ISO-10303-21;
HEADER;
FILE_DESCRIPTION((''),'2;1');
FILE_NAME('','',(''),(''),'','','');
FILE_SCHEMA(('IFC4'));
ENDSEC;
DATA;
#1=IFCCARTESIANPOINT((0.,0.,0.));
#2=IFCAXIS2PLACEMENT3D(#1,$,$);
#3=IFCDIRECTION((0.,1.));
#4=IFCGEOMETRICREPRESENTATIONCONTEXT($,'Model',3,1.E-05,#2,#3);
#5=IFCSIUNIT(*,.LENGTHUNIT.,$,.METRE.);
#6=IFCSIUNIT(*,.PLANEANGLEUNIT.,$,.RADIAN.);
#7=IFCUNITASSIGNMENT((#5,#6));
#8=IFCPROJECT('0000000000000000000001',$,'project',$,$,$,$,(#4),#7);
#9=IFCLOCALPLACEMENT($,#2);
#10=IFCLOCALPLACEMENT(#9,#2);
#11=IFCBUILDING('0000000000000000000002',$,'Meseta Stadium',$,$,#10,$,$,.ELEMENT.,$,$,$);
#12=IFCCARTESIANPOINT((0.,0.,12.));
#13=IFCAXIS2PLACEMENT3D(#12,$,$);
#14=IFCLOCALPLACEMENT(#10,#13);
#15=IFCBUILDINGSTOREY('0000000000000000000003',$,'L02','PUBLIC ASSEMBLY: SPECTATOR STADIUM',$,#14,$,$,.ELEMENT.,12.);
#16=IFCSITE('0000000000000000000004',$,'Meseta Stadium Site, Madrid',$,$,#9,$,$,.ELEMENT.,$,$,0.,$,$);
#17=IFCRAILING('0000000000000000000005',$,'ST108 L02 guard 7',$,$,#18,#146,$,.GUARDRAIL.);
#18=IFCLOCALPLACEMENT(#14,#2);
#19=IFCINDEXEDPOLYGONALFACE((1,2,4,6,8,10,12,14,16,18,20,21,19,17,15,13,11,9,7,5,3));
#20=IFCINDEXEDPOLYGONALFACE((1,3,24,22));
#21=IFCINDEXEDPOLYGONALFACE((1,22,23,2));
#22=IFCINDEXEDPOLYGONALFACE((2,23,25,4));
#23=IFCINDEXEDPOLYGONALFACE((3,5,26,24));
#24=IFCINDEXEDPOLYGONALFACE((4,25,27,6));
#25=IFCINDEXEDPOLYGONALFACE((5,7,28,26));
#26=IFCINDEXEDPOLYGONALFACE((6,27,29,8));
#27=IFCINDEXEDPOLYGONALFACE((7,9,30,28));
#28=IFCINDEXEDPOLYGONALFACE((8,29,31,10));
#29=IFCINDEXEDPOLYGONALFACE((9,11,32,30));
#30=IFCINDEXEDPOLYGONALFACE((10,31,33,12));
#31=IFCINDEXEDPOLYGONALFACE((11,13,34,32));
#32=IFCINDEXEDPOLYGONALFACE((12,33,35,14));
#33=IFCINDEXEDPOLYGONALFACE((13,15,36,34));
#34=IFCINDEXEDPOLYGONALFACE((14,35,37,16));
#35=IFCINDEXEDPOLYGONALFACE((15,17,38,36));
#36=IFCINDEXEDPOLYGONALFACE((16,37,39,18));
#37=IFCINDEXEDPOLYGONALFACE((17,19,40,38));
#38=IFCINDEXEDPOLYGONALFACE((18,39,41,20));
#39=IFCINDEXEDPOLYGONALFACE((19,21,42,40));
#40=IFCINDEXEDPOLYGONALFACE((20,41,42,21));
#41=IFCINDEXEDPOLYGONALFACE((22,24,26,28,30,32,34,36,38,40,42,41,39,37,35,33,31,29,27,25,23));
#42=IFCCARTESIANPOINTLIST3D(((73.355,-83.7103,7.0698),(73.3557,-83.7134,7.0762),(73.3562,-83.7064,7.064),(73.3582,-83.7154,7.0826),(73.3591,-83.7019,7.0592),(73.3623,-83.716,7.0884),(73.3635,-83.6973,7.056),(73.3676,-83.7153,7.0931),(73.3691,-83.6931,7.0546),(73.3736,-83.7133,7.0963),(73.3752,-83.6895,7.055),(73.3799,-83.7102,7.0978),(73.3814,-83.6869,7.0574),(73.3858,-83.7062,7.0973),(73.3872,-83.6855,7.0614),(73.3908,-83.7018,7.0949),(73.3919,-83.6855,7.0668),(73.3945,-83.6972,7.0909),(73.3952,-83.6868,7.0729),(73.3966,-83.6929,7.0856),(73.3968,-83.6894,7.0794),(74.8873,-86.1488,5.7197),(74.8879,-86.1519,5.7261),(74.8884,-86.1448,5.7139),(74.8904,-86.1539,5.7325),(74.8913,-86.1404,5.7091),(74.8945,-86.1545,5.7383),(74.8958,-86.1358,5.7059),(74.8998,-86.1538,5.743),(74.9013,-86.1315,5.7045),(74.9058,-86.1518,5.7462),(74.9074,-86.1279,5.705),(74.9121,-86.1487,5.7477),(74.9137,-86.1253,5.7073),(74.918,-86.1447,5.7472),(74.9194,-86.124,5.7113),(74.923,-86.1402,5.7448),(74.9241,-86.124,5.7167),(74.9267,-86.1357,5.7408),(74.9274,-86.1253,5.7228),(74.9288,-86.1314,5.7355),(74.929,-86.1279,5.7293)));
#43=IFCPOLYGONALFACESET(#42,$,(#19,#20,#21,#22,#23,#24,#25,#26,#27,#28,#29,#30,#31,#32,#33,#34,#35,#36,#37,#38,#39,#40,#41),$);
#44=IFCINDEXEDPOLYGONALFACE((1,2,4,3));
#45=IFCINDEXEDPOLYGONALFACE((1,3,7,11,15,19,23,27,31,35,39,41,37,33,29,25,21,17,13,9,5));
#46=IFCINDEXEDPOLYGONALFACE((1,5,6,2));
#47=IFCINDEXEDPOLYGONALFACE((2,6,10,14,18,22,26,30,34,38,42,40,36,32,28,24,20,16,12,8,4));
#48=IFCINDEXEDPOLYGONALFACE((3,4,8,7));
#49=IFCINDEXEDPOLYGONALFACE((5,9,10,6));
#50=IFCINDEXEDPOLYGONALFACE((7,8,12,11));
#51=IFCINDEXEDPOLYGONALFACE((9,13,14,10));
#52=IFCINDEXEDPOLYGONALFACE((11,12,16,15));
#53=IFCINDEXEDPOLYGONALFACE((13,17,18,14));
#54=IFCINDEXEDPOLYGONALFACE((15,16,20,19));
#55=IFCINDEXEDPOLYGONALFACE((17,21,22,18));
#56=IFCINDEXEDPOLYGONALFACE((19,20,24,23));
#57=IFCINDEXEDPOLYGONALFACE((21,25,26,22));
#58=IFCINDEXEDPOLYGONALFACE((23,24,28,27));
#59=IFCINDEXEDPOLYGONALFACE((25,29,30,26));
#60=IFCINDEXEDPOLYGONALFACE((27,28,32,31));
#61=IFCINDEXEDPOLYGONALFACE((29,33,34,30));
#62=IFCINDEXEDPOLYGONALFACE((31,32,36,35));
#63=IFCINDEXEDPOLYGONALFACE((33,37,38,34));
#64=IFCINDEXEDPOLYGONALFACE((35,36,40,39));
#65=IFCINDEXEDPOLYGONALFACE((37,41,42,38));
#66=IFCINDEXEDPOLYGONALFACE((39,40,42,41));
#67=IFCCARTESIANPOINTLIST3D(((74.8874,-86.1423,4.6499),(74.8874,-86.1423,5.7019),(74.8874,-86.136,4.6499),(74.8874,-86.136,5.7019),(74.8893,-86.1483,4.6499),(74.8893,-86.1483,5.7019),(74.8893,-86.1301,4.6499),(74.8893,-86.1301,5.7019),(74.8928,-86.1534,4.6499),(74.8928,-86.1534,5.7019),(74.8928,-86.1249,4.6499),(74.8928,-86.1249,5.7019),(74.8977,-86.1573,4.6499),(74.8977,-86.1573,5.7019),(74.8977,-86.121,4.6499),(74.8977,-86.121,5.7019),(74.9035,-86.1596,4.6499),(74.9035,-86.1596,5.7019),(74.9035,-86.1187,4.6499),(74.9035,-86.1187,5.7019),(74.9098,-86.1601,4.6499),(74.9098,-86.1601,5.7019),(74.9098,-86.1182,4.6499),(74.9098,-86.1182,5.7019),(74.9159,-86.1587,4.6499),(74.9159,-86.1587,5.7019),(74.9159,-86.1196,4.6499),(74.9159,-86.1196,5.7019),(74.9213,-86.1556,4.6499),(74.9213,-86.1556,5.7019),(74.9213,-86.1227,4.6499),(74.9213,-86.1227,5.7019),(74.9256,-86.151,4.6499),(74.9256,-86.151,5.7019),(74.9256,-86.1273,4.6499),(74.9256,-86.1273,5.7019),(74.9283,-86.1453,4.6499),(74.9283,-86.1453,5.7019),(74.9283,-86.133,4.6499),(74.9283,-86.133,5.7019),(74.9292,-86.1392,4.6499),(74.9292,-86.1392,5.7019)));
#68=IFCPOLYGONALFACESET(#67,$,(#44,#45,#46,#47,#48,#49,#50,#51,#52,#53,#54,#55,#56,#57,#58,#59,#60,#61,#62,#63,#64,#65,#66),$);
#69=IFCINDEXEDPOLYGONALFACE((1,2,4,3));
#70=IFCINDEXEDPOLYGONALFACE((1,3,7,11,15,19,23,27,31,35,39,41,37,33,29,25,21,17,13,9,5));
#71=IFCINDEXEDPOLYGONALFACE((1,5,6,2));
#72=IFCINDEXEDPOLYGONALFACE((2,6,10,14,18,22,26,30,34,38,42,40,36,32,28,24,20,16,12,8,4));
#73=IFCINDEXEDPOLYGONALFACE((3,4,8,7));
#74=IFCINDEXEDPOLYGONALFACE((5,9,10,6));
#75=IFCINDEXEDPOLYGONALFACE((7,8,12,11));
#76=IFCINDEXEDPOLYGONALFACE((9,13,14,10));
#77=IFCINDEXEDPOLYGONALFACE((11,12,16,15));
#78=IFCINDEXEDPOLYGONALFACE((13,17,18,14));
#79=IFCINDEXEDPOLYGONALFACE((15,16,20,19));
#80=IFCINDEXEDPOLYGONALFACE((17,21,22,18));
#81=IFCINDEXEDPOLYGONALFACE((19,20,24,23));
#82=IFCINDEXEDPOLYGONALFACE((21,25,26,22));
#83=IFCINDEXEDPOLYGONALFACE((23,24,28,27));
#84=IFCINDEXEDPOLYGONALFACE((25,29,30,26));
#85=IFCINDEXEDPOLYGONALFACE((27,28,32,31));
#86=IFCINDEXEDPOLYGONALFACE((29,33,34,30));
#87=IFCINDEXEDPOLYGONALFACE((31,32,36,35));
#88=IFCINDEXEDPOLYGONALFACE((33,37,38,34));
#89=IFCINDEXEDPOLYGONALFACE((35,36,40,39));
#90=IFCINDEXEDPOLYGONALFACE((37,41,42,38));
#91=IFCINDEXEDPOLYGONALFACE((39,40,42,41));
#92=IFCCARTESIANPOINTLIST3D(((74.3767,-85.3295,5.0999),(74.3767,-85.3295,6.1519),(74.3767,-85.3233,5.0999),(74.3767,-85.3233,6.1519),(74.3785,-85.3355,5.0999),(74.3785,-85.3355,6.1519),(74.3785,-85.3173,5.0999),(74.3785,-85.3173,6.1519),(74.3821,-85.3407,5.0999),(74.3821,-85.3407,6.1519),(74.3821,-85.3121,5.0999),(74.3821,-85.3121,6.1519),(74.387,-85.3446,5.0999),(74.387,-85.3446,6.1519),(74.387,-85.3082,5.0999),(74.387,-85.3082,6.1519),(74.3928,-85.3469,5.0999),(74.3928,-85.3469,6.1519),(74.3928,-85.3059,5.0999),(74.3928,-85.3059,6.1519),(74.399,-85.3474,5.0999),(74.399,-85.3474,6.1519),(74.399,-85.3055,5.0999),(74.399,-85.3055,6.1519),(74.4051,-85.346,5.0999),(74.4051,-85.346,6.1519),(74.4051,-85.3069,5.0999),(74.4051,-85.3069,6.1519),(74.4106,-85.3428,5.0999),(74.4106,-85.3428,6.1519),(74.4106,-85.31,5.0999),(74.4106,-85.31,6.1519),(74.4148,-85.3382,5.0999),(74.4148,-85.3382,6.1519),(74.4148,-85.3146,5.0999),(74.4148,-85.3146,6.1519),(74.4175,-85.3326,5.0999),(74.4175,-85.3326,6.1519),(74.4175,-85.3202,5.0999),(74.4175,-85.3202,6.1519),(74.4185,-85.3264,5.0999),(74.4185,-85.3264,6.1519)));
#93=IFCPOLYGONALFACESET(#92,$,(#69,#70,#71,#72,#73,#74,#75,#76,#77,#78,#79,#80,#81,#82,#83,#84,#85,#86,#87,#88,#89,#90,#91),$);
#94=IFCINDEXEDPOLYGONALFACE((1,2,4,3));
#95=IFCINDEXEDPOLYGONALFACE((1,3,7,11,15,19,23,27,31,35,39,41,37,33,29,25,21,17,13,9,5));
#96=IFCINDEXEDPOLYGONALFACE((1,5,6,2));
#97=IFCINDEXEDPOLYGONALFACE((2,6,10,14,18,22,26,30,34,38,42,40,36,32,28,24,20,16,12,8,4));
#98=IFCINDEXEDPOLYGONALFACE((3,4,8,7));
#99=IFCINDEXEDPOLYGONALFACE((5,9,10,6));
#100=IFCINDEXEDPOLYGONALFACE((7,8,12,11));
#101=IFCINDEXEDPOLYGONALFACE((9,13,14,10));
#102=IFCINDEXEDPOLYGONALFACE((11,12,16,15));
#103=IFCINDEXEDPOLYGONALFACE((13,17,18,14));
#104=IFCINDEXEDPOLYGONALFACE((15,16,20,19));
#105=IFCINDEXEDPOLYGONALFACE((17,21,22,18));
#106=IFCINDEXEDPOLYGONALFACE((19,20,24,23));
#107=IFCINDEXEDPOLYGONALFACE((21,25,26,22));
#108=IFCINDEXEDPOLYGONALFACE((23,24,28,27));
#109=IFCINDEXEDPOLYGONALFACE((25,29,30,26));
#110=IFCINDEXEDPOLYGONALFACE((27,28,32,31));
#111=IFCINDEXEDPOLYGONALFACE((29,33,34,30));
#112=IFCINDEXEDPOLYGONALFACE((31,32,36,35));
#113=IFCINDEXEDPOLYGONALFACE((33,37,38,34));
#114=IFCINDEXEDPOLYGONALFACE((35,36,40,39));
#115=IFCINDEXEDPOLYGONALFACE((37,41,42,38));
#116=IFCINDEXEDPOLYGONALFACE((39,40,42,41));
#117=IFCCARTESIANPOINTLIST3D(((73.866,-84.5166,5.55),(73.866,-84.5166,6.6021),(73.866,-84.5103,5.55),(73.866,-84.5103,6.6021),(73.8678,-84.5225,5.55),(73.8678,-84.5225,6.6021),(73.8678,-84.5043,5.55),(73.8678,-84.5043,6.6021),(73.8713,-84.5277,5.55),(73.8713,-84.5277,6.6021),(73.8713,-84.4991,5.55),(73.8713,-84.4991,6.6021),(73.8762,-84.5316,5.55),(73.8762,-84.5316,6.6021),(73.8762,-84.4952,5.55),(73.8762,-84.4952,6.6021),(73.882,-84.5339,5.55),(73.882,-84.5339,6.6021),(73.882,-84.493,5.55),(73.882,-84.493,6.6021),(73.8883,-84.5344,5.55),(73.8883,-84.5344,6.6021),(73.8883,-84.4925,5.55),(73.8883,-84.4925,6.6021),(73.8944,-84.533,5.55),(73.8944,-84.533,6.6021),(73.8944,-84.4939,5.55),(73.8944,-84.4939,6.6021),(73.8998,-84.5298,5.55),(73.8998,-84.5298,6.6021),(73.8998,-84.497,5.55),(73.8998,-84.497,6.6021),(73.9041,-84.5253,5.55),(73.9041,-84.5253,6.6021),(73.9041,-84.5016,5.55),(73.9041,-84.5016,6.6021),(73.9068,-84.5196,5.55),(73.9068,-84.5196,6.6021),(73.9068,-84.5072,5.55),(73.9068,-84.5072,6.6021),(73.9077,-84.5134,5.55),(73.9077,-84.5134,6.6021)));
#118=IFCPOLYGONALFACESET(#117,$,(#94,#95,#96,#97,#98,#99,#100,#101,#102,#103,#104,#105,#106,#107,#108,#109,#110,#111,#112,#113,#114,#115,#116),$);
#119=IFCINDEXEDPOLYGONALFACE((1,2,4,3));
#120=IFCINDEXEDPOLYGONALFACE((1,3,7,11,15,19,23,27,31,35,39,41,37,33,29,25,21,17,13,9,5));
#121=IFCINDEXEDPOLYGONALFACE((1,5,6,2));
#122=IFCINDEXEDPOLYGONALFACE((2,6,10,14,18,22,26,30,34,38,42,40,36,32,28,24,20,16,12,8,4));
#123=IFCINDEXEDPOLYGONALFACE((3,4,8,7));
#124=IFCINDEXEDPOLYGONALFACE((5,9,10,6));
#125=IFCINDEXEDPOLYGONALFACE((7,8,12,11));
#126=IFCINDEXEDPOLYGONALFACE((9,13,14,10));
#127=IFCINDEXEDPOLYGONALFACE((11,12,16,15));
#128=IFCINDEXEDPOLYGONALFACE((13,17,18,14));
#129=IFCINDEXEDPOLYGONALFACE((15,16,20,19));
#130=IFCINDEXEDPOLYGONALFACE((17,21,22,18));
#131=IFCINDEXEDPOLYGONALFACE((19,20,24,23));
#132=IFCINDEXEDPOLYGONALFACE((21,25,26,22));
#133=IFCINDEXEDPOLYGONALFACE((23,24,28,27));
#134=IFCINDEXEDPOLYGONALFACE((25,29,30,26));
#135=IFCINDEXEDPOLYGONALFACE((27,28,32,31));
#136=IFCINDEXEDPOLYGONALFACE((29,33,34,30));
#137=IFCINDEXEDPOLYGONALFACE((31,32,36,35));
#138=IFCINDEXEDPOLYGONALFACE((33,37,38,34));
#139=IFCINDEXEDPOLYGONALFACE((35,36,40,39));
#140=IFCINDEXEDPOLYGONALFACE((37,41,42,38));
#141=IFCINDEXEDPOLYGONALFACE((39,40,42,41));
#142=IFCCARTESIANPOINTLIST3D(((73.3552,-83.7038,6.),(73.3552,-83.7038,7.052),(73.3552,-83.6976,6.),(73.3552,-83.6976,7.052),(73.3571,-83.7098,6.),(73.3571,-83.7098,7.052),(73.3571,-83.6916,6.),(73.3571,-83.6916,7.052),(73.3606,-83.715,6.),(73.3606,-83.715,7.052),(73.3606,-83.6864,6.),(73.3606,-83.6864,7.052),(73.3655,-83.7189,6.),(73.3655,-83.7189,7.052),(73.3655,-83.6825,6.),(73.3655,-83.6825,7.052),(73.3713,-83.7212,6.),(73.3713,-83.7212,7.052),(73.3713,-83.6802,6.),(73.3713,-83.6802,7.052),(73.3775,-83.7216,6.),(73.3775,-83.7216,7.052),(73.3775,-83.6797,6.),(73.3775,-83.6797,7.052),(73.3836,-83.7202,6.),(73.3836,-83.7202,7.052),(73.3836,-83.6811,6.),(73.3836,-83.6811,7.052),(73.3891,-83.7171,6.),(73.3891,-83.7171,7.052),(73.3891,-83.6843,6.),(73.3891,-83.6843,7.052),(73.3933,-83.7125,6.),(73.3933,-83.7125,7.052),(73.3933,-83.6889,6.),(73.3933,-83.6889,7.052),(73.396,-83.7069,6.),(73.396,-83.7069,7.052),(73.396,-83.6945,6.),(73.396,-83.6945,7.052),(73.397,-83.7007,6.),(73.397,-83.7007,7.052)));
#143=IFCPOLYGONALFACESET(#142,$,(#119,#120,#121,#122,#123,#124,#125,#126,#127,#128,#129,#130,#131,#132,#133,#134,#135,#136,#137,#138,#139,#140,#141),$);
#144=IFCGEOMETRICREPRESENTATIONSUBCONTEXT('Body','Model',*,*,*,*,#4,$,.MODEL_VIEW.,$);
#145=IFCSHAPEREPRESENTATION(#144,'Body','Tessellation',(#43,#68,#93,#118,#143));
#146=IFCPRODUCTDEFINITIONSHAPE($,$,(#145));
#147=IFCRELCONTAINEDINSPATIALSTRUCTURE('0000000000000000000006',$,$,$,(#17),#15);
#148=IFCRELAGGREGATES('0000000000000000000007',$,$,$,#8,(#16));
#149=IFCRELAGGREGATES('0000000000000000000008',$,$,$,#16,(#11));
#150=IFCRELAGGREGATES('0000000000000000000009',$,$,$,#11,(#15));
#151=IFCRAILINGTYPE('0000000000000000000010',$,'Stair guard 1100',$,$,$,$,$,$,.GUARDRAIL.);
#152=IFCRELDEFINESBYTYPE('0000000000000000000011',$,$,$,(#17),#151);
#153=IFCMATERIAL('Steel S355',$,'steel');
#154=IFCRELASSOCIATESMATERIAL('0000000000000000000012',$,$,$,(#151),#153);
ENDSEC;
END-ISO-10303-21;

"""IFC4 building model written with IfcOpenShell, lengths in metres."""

from ifc_helpers import new_model, si_unit, direction, frame, origin, origin_2d, place, context, subcontext, project, spatial, circle, extrude, material, type_object, element, save


model = new_model("IFC4")

# Units and contexts
model_context = context("Model", 3, precision=1e-05, world=origin(), true_north=direction((0.0, 1.0)))
body_context = subcontext(model_context, "Body", "Model", "MODEL_VIEW")
ifc_project = project(units=[si_unit("LENGTHUNIT", "METRE"), si_unit("PLANEANGLEUNIT", "RADIAN")], contexts=[model_context])

# Site, building, storey
site_placement = place(None, origin())
site = spatial("IfcSite", under=ifc_project, at=site_placement, Name="Meseta Stadium Site, Madrid", CompositionType="ELEMENT", RefElevation=0.0)
building_placement = place(site_placement, origin())
building = spatial("IfcBuilding", under=site, at=building_placement, Name="Meseta Stadium", CompositionType="ELEMENT")
storey_placement = place(building_placement, frame((0.0, 0.0, 12.0)))
storey = spatial("IfcBuildingStorey", under=building, at=storey_placement, Name="L02", Description="PUBLIC ASSEMBLY: SPECTATOR STADIUM", CompositionType="ELEMENT", Elevation=12.0)

# Railing
ifc_material_1 = material(Name="Steel S355", Category="steel")
railing_type_1 = type_object("IfcRailingType", Name="Stair guard 1100", PredefinedType="GUARDRAIL", material=ifc_material_1)
railing_1_placement = place(storey_placement, frame((74.9082, -86.1392, 4.6499)))
element("IfcRailing", 1, at=railing_1_placement, inside=storey, type_object=railing_type_1, Name="ST108 L02 guard 7", PredefinedType="GUARDRAIL", context=body_context, shape_type="SweptSolid", body=[
    extrude(circle(Radius=0.0239, at=origin_2d()), frame((0.0, 0.0, 1.0762), z_axis=(-0.481731, 0.766655, 0.42447), x_axis=(-0.846719, -0.53204, 0.0)), (0.0, 0.0, 1.0), 3.1807),
    extrude(circle(Radius=0.021, at=origin_2d()), origin(), (0.0, 0.0, 1.0), 1.052),
    extrude(circle(Radius=0.021, at=origin_2d()), frame((-0.5107, 0.8127, 0.45)), (0.0, 0.0, 1.0), 1.052),
    extrude(circle(Radius=0.021, at=origin_2d()), frame((-1.0215, 1.6257, 0.9001)), (0.0, 0.0, 1.0), 1.052),
    extrude(circle(Radius=0.021, at=origin_2d()), frame((-1.5322, 2.4385, 1.3501)), (0.0, 0.0, 1.0), 1.052),
])

save(model, "model.ifc")
